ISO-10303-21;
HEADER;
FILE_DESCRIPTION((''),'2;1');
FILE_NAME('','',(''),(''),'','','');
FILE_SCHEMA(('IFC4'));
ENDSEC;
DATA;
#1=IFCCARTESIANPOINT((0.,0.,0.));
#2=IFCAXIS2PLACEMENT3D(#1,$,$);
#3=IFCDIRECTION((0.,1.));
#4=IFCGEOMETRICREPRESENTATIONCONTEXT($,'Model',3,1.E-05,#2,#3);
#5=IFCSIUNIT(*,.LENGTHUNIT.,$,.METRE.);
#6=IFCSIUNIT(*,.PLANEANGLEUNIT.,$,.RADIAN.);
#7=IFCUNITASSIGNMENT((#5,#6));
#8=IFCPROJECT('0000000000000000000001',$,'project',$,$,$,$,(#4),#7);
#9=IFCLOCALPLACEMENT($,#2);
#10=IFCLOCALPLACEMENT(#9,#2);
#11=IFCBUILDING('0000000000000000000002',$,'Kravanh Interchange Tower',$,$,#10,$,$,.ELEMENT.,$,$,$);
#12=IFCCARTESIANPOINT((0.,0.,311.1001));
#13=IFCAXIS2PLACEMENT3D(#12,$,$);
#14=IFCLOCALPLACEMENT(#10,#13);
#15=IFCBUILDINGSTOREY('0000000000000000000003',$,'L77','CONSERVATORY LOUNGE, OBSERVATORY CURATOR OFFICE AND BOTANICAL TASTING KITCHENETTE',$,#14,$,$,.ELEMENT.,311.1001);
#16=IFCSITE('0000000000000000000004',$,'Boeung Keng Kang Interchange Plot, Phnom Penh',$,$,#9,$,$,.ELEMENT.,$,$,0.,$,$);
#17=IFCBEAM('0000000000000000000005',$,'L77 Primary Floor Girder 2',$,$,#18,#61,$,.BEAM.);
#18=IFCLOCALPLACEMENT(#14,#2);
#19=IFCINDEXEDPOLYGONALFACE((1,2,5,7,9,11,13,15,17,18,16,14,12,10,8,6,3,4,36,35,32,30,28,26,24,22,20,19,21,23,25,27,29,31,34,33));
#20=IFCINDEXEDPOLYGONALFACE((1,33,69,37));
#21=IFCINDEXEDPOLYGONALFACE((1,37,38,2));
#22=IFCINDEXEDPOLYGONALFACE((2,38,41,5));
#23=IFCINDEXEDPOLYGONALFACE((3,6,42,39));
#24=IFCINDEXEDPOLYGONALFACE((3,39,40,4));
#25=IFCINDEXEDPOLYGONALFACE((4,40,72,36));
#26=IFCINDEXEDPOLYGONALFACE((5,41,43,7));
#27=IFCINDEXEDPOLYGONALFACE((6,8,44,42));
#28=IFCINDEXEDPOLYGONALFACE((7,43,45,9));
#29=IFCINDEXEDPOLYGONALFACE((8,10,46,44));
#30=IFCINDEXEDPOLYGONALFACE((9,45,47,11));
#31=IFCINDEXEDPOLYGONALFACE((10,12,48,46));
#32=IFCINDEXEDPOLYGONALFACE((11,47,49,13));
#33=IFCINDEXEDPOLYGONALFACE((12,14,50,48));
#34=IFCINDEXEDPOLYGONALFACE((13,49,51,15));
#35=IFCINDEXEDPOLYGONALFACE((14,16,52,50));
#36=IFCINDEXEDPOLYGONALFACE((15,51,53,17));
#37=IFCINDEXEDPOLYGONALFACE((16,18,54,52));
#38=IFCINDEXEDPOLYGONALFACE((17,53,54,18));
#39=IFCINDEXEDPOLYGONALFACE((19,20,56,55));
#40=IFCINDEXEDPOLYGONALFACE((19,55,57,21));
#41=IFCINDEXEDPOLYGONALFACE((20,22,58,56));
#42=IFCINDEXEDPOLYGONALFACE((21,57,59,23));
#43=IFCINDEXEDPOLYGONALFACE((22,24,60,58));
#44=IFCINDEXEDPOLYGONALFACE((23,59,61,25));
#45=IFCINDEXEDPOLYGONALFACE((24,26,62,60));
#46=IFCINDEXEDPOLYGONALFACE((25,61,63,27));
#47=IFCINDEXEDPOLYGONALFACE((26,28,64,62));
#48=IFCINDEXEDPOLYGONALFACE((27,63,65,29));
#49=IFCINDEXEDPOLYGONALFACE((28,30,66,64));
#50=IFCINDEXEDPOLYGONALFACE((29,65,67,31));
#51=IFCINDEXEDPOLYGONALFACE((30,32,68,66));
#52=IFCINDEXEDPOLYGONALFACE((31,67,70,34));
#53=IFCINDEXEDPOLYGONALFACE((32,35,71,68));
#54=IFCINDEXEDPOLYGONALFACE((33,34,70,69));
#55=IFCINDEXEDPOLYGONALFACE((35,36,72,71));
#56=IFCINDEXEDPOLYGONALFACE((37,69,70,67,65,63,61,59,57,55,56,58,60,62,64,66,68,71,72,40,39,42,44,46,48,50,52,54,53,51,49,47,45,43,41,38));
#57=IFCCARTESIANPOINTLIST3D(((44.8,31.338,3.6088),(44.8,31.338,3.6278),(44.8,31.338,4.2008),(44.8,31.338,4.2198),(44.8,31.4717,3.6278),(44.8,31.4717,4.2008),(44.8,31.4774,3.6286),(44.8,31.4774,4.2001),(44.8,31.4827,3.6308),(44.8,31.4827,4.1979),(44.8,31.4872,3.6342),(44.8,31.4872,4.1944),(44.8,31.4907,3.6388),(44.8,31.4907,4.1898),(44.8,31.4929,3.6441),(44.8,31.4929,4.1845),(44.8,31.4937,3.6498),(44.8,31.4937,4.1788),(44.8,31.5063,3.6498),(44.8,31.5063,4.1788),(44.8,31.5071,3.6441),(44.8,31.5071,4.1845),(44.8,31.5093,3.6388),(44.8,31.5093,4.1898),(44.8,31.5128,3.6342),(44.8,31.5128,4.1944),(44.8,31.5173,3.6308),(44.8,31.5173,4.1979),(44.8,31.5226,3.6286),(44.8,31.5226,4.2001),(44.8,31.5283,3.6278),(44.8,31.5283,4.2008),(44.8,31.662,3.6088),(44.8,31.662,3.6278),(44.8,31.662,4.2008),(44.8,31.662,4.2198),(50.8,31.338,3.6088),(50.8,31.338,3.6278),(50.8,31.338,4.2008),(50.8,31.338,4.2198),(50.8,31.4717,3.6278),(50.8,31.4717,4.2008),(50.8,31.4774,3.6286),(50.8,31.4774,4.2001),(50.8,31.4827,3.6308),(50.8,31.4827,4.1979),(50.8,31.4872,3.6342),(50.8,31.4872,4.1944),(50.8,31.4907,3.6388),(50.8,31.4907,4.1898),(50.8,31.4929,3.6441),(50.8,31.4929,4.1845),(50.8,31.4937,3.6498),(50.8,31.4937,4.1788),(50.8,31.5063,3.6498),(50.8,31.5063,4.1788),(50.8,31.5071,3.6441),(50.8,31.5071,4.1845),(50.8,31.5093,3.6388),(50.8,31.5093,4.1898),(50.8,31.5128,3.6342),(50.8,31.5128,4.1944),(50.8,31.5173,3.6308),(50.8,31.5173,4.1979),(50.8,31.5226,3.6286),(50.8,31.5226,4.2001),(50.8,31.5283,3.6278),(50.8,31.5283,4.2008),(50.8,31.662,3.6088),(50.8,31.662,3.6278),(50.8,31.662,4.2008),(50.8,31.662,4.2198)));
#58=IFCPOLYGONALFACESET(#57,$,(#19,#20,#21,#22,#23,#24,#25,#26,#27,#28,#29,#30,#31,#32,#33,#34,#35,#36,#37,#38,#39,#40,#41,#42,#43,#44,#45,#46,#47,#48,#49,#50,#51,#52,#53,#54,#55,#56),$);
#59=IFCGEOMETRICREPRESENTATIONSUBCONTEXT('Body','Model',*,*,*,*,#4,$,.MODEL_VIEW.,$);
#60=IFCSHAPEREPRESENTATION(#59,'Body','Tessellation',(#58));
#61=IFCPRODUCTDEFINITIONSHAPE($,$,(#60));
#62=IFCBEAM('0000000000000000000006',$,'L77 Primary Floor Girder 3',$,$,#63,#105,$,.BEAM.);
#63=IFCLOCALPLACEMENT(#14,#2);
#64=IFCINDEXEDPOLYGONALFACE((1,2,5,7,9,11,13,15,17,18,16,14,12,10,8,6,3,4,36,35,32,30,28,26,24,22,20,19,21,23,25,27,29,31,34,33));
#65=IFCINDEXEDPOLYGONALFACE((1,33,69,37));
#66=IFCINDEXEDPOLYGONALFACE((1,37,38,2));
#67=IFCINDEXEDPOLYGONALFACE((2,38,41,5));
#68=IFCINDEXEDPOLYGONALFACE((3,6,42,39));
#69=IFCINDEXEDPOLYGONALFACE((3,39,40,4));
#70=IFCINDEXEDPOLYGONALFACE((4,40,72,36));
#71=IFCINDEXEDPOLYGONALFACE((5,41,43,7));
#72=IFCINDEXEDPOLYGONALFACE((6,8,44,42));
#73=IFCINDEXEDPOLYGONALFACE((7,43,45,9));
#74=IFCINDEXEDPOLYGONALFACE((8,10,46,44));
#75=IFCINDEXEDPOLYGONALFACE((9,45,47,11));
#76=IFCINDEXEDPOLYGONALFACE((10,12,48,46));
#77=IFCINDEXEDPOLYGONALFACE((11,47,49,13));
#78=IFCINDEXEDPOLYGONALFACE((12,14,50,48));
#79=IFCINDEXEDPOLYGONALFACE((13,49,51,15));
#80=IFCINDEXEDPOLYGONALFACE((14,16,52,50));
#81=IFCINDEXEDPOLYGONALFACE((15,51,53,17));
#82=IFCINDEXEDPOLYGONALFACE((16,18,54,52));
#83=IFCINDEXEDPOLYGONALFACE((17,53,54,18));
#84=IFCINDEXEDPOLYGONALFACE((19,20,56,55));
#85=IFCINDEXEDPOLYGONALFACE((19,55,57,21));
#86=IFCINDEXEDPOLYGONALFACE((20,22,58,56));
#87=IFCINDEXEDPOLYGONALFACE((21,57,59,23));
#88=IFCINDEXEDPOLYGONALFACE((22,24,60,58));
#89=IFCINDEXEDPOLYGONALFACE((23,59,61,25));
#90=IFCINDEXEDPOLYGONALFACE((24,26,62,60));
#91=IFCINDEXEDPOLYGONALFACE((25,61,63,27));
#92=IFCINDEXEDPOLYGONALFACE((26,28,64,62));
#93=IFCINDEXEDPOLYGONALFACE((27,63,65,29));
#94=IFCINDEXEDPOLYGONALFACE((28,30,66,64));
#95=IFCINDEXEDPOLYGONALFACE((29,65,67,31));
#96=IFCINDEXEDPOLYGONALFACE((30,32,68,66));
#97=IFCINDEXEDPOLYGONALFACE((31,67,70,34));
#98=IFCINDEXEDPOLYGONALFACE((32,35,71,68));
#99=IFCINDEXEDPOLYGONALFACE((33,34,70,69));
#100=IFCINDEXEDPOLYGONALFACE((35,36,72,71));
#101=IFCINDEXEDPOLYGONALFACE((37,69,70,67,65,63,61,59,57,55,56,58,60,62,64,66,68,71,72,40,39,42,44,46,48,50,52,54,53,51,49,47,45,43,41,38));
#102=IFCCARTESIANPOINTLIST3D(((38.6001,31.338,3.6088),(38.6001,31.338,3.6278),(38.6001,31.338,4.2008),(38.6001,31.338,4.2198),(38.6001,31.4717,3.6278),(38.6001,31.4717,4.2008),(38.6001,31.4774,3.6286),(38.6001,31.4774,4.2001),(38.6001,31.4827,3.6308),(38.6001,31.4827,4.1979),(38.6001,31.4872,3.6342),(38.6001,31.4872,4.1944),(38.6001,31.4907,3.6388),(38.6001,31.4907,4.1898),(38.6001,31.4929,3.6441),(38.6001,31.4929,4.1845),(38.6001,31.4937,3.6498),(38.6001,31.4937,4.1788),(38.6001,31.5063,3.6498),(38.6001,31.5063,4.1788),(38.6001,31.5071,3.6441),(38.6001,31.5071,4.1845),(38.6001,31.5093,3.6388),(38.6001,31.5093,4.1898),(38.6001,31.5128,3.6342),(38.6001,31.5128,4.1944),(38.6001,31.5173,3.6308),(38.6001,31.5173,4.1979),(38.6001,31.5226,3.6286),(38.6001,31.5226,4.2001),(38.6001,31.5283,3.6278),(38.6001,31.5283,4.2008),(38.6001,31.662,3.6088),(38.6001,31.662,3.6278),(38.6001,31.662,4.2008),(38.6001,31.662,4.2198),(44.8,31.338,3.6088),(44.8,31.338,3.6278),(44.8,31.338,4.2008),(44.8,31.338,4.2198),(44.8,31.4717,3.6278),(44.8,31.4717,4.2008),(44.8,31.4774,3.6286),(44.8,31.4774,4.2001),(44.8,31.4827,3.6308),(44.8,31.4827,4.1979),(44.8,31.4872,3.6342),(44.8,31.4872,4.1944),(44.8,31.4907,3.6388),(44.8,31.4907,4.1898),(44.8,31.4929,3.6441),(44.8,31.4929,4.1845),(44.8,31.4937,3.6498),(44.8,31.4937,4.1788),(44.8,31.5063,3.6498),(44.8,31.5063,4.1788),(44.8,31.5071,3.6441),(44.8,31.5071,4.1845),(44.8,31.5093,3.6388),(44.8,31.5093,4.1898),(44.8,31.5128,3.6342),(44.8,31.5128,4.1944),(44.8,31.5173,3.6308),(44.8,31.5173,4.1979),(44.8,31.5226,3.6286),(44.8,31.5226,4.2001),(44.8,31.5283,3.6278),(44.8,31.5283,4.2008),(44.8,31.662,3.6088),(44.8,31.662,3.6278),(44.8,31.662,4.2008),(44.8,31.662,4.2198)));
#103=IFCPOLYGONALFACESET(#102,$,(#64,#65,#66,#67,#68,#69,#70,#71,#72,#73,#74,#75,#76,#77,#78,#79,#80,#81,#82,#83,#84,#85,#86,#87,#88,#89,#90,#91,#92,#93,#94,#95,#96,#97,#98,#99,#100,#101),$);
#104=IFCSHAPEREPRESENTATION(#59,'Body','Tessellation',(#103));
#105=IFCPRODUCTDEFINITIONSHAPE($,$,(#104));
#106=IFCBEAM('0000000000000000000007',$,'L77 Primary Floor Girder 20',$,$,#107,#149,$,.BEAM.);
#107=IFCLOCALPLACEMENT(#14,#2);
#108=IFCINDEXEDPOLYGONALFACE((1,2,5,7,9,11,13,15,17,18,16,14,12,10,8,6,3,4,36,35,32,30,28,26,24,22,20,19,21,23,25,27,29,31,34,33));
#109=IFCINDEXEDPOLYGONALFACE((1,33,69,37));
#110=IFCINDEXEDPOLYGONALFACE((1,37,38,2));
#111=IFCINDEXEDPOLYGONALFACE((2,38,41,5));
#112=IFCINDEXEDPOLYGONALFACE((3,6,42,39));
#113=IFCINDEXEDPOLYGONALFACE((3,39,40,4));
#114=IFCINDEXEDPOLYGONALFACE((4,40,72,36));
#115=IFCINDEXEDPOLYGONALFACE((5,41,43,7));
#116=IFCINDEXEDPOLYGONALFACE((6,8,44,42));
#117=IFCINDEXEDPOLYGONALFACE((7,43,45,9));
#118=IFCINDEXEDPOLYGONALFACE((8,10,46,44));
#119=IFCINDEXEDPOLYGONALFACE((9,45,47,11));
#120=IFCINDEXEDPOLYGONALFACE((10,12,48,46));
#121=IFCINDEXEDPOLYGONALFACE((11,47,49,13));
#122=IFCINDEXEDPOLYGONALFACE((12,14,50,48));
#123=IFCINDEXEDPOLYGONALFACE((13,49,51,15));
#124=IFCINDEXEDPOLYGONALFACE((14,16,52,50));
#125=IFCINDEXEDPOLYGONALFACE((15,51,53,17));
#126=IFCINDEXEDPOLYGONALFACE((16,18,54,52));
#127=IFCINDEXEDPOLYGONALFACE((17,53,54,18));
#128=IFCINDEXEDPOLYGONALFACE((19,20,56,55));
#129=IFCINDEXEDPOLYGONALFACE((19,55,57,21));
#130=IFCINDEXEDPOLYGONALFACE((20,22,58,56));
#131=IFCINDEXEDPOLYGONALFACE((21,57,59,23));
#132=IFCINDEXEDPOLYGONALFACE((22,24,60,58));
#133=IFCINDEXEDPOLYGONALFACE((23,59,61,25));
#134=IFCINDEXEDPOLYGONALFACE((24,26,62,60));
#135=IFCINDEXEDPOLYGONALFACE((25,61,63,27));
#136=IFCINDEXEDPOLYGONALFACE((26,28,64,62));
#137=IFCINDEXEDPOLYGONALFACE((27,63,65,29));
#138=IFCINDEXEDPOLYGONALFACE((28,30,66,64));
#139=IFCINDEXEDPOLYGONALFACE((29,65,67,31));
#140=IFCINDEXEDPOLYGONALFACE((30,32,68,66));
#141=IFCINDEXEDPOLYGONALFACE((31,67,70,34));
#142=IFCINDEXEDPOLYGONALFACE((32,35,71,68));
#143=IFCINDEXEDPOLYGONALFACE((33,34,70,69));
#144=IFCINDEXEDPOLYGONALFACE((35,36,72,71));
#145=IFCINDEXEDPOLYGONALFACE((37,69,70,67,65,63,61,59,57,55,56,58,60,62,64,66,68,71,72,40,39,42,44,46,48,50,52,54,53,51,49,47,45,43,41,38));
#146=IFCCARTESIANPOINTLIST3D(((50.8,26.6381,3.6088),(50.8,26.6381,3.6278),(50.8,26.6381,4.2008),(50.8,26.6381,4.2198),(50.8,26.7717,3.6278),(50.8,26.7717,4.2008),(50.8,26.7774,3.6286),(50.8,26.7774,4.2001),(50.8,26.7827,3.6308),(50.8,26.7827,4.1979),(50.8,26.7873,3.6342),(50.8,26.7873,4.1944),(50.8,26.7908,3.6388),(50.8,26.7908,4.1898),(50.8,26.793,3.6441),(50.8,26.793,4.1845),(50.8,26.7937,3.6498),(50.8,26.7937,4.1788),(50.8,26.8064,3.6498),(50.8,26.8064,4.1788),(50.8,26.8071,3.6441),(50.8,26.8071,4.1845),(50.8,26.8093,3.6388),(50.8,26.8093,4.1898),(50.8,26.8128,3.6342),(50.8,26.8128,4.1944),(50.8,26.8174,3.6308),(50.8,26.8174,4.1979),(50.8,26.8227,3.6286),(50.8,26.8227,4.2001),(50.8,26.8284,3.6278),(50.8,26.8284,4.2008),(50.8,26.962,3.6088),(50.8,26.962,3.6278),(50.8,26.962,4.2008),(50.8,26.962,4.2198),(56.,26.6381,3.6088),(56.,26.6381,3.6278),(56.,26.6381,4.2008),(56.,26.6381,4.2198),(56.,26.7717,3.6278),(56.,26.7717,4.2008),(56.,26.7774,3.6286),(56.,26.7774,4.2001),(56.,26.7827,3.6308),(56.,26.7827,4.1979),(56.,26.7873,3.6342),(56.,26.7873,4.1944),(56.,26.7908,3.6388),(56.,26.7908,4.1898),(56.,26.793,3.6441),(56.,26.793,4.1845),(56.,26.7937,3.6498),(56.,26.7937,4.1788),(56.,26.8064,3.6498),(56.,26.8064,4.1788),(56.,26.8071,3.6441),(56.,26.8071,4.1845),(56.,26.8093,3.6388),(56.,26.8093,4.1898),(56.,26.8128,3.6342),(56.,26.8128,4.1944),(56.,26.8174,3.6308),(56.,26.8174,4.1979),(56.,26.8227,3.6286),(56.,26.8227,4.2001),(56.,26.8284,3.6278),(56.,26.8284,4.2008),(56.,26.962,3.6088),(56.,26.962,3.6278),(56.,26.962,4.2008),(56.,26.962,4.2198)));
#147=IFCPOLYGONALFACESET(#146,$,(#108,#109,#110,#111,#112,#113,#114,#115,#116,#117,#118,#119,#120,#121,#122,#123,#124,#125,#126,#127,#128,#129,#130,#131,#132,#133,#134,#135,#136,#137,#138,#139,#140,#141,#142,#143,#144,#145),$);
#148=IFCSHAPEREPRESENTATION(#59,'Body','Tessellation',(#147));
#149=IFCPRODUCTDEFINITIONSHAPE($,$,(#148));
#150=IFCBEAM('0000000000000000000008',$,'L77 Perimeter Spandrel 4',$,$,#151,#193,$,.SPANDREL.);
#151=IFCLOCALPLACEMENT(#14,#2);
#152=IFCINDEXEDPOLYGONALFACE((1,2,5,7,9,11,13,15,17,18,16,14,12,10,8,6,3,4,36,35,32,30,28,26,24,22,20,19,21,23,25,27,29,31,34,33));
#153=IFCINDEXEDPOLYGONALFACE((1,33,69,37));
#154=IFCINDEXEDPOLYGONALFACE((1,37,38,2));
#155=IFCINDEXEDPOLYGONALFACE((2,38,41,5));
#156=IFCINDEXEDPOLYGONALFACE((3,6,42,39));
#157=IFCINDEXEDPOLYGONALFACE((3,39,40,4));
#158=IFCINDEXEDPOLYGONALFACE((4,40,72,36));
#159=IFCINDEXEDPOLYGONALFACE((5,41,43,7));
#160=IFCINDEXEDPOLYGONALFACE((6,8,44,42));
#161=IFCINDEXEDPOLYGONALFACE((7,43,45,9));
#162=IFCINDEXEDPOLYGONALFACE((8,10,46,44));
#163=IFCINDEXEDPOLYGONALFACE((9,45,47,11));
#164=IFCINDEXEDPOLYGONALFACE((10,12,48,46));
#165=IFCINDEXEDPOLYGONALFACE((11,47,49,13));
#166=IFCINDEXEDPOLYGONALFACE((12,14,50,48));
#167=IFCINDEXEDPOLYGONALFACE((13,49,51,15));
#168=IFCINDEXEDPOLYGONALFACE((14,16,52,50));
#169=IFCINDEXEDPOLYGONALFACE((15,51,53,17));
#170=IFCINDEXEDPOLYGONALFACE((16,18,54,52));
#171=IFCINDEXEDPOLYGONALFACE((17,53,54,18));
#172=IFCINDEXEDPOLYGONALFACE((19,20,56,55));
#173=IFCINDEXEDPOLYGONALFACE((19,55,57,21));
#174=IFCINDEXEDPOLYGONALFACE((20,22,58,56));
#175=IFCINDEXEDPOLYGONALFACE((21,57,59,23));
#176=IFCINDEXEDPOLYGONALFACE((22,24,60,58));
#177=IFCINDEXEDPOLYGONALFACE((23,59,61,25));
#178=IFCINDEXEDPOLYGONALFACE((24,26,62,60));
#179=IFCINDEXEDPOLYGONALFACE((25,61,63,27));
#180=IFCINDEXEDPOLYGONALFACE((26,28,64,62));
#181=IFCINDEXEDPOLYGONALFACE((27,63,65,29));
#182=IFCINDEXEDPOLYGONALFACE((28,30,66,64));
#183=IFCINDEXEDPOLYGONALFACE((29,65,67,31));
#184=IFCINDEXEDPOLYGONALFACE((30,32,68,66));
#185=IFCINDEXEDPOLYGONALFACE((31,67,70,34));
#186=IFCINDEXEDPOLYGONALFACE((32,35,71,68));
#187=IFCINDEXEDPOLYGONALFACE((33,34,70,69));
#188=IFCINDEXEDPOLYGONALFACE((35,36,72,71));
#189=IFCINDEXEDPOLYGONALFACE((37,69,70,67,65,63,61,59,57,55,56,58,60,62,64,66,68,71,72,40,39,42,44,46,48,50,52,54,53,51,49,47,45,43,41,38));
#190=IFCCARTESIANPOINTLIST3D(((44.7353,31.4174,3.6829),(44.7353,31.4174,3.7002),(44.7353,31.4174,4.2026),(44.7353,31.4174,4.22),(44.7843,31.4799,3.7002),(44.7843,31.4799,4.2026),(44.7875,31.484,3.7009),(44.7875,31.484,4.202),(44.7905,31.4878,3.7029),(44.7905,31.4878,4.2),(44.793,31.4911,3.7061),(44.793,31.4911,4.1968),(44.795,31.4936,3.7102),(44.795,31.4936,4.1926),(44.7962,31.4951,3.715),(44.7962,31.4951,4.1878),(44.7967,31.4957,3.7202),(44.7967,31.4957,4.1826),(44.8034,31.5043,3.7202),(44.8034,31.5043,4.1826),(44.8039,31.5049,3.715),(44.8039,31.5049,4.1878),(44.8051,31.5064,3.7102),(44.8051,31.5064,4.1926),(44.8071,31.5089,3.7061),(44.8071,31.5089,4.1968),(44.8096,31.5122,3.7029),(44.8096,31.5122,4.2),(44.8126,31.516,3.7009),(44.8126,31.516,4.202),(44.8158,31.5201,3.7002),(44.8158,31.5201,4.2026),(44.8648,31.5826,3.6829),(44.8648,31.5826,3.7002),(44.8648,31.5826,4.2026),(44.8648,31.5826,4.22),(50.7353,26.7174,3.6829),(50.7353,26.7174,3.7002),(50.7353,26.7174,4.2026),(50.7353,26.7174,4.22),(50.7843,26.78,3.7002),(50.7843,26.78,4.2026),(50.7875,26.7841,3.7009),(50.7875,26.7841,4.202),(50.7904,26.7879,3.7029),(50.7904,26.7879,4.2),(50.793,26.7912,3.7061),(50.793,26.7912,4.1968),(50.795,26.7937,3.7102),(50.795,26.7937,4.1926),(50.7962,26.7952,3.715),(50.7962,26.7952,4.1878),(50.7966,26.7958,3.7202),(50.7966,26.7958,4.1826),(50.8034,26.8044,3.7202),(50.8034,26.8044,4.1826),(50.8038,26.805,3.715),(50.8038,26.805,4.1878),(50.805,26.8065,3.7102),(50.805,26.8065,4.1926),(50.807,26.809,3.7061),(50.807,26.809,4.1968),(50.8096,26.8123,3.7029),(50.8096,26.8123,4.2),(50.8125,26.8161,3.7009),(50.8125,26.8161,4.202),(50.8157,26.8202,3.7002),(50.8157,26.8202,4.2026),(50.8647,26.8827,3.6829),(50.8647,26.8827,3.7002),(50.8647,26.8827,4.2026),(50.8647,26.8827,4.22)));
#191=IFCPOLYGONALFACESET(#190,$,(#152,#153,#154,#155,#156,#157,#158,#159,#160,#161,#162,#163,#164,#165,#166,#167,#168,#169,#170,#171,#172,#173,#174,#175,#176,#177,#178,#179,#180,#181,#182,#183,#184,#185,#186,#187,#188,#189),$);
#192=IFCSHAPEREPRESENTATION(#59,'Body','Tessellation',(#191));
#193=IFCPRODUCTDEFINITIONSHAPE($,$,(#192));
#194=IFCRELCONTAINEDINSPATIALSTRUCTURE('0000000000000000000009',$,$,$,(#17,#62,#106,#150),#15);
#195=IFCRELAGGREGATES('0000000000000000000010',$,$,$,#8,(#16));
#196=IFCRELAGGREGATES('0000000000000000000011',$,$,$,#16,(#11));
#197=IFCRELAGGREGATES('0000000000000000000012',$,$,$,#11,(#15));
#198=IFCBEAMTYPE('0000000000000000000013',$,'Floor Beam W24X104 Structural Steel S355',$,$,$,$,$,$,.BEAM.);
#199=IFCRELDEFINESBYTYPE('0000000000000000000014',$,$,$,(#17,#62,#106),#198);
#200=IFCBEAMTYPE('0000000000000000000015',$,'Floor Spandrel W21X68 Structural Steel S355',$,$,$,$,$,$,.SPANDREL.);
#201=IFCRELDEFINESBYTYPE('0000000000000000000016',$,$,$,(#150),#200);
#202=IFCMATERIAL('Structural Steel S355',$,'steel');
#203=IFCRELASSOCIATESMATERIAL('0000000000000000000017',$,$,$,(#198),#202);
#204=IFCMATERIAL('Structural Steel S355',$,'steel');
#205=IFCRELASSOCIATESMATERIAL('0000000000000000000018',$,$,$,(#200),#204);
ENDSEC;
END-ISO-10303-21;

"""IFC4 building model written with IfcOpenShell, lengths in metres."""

from ifc_helpers import new_model, si_unit, direction, frame, origin, origin_2d, place, context, subcontext, project, spatial, i_section, extrude, material, material_profile, profile_set, type_object, element, save


model = new_model("IFC4")

# Units and contexts
model_context = context("Model", 3, precision=1e-05, world=origin(), true_north=direction((0.0, 1.0)))
body_context = subcontext(model_context, "Body", "Model", "MODEL_VIEW")
ifc_project = project(units=[si_unit("LENGTHUNIT", "METRE"), si_unit("PLANEANGLEUNIT", "RADIAN")], contexts=[model_context])

# Site, building, storey
site_placement = place(None, origin())
site = spatial("IfcSite", under=ifc_project, at=site_placement, Name="Boeung Keng Kang Interchange Plot, Phnom Penh", CompositionType="ELEMENT", RefElevation=0.0)
building_placement = place(site_placement, origin())
building = spatial("IfcBuilding", under=site, at=building_placement, Name="Kravanh Interchange Tower", CompositionType="ELEMENT")
storey_placement = place(building_placement, frame((0.0, 0.0, 311.1001)))
storey = spatial("IfcBuildingStorey", under=building, at=storey_placement, Name="L77", Description="CONSERVATORY LOUNGE, OBSERVATORY CURATOR OFFICE AND BOTANICAL TASTING KITCHENETTE", CompositionType="ELEMENT", Elevation=311.1001)

# Beams
ifc_material_1 = material(Name="Structural Steel S355", Category="steel")
ifc_material_profile_1 = material_profile(ifc_material_1, i_section(OverallWidth=0.324, OverallDepth=0.6111, WebThickness=0.0127, FlangeThickness=0.019, FilletRadius=0.022, at=origin_2d()), Name="W24X104")
ifc_profile_set_1 = profile_set([ifc_material_profile_1], Name="Structural Steel S355")
beam_type_1 = type_object("IfcBeamType", Name="Floor Beam W24X104 Structural Steel S355", PredefinedType="BEAM", material=ifc_profile_set_1)
beam_1_placement = place(storey_placement, frame((44.8, 31.5, 3.9143), z_axis=(1.0, 0.0, 0.0), x_axis=(0.0, 1.0, 0.0)))
element("IfcBeam", 1, at=beam_1_placement, inside=storey, type_object=beam_type_1, Name="L77 Primary Floor Girder 2", PredefinedType="BEAM", context=body_context, shape_type="SweptSolid", body=[
    extrude(i_section(OverallWidth=0.324, OverallDepth=0.6111, WebThickness=0.0127, FlangeThickness=0.019, FilletRadius=0.022, at=origin_2d()), origin(), (0.0, 0.0, 1.0), 6.0),
])
beam_2_placement = place(storey_placement, frame((44.8, 31.5, 3.9143), z_axis=(-1.0, 0.0, 0.0), x_axis=(0.0, -1.0, 0.0)))
element("IfcBeam", 2, at=beam_2_placement, inside=storey, type_object=beam_type_1, Name="L77 Primary Floor Girder 3", PredefinedType="BEAM", context=body_context, shape_type="SweptSolid", body=[
    extrude(i_section(OverallWidth=0.324, OverallDepth=0.6111, WebThickness=0.0127, FlangeThickness=0.019, FilletRadius=0.022, at=origin_2d()), origin(), (0.0, 0.0, 1.0), 6.2),
])
beam_3_placement = place(storey_placement, frame((50.8, 26.8, 3.9143), z_axis=(1.0, 0.0, 0.0), x_axis=(0.0, 1.0, 0.0)))
element("IfcBeam", 3, at=beam_3_placement, inside=storey, type_object=beam_type_1, Name="L77 Primary Floor Girder 20", PredefinedType="BEAM", context=body_context, shape_type="SweptSolid", body=[
    extrude(i_section(OverallWidth=0.324, OverallDepth=0.6111, WebThickness=0.0127, FlangeThickness=0.019, FilletRadius=0.022, at=origin_2d()), origin(), (0.0, 0.0, 1.0), 5.2),
])
ifc_material_2 = material(Name="Structural Steel S355", Category="steel")
ifc_material_profile_2 = material_profile(ifc_material_2, i_section(OverallWidth=0.21, OverallDepth=0.5371, WebThickness=0.011, FlangeThickness=0.0173, FilletRadius=0.02, at=origin_2d()), Name="W21X68")
ifc_profile_set_2 = profile_set([ifc_material_profile_2], Name="Structural Steel S355")
beam_type_2 = type_object("IfcBeamType", Name="Floor Spandrel W21X68 Structural Steel S355", PredefinedType="SPANDREL", material=ifc_profile_set_2)
beam_4_placement = place(storey_placement, frame((44.8, 31.5, 3.9514), z_axis=(0.787231, -0.616658, 0.0), x_axis=(0.616658, 0.787231, 0.0)))
element("IfcBeam", 4, at=beam_4_placement, inside=storey, type_object=beam_type_2, Name="L77 Perimeter Spandrel 4", PredefinedType="SPANDREL", context=body_context, shape_type="SweptSolid", body=[
    extrude(i_section(OverallWidth=0.21, OverallDepth=0.5371, WebThickness=0.011, FlangeThickness=0.0173, FilletRadius=0.02, at=origin_2d()), origin(), (0.0, 0.0, 1.0), 7.6216),
])

save(model, "model.ifc")
